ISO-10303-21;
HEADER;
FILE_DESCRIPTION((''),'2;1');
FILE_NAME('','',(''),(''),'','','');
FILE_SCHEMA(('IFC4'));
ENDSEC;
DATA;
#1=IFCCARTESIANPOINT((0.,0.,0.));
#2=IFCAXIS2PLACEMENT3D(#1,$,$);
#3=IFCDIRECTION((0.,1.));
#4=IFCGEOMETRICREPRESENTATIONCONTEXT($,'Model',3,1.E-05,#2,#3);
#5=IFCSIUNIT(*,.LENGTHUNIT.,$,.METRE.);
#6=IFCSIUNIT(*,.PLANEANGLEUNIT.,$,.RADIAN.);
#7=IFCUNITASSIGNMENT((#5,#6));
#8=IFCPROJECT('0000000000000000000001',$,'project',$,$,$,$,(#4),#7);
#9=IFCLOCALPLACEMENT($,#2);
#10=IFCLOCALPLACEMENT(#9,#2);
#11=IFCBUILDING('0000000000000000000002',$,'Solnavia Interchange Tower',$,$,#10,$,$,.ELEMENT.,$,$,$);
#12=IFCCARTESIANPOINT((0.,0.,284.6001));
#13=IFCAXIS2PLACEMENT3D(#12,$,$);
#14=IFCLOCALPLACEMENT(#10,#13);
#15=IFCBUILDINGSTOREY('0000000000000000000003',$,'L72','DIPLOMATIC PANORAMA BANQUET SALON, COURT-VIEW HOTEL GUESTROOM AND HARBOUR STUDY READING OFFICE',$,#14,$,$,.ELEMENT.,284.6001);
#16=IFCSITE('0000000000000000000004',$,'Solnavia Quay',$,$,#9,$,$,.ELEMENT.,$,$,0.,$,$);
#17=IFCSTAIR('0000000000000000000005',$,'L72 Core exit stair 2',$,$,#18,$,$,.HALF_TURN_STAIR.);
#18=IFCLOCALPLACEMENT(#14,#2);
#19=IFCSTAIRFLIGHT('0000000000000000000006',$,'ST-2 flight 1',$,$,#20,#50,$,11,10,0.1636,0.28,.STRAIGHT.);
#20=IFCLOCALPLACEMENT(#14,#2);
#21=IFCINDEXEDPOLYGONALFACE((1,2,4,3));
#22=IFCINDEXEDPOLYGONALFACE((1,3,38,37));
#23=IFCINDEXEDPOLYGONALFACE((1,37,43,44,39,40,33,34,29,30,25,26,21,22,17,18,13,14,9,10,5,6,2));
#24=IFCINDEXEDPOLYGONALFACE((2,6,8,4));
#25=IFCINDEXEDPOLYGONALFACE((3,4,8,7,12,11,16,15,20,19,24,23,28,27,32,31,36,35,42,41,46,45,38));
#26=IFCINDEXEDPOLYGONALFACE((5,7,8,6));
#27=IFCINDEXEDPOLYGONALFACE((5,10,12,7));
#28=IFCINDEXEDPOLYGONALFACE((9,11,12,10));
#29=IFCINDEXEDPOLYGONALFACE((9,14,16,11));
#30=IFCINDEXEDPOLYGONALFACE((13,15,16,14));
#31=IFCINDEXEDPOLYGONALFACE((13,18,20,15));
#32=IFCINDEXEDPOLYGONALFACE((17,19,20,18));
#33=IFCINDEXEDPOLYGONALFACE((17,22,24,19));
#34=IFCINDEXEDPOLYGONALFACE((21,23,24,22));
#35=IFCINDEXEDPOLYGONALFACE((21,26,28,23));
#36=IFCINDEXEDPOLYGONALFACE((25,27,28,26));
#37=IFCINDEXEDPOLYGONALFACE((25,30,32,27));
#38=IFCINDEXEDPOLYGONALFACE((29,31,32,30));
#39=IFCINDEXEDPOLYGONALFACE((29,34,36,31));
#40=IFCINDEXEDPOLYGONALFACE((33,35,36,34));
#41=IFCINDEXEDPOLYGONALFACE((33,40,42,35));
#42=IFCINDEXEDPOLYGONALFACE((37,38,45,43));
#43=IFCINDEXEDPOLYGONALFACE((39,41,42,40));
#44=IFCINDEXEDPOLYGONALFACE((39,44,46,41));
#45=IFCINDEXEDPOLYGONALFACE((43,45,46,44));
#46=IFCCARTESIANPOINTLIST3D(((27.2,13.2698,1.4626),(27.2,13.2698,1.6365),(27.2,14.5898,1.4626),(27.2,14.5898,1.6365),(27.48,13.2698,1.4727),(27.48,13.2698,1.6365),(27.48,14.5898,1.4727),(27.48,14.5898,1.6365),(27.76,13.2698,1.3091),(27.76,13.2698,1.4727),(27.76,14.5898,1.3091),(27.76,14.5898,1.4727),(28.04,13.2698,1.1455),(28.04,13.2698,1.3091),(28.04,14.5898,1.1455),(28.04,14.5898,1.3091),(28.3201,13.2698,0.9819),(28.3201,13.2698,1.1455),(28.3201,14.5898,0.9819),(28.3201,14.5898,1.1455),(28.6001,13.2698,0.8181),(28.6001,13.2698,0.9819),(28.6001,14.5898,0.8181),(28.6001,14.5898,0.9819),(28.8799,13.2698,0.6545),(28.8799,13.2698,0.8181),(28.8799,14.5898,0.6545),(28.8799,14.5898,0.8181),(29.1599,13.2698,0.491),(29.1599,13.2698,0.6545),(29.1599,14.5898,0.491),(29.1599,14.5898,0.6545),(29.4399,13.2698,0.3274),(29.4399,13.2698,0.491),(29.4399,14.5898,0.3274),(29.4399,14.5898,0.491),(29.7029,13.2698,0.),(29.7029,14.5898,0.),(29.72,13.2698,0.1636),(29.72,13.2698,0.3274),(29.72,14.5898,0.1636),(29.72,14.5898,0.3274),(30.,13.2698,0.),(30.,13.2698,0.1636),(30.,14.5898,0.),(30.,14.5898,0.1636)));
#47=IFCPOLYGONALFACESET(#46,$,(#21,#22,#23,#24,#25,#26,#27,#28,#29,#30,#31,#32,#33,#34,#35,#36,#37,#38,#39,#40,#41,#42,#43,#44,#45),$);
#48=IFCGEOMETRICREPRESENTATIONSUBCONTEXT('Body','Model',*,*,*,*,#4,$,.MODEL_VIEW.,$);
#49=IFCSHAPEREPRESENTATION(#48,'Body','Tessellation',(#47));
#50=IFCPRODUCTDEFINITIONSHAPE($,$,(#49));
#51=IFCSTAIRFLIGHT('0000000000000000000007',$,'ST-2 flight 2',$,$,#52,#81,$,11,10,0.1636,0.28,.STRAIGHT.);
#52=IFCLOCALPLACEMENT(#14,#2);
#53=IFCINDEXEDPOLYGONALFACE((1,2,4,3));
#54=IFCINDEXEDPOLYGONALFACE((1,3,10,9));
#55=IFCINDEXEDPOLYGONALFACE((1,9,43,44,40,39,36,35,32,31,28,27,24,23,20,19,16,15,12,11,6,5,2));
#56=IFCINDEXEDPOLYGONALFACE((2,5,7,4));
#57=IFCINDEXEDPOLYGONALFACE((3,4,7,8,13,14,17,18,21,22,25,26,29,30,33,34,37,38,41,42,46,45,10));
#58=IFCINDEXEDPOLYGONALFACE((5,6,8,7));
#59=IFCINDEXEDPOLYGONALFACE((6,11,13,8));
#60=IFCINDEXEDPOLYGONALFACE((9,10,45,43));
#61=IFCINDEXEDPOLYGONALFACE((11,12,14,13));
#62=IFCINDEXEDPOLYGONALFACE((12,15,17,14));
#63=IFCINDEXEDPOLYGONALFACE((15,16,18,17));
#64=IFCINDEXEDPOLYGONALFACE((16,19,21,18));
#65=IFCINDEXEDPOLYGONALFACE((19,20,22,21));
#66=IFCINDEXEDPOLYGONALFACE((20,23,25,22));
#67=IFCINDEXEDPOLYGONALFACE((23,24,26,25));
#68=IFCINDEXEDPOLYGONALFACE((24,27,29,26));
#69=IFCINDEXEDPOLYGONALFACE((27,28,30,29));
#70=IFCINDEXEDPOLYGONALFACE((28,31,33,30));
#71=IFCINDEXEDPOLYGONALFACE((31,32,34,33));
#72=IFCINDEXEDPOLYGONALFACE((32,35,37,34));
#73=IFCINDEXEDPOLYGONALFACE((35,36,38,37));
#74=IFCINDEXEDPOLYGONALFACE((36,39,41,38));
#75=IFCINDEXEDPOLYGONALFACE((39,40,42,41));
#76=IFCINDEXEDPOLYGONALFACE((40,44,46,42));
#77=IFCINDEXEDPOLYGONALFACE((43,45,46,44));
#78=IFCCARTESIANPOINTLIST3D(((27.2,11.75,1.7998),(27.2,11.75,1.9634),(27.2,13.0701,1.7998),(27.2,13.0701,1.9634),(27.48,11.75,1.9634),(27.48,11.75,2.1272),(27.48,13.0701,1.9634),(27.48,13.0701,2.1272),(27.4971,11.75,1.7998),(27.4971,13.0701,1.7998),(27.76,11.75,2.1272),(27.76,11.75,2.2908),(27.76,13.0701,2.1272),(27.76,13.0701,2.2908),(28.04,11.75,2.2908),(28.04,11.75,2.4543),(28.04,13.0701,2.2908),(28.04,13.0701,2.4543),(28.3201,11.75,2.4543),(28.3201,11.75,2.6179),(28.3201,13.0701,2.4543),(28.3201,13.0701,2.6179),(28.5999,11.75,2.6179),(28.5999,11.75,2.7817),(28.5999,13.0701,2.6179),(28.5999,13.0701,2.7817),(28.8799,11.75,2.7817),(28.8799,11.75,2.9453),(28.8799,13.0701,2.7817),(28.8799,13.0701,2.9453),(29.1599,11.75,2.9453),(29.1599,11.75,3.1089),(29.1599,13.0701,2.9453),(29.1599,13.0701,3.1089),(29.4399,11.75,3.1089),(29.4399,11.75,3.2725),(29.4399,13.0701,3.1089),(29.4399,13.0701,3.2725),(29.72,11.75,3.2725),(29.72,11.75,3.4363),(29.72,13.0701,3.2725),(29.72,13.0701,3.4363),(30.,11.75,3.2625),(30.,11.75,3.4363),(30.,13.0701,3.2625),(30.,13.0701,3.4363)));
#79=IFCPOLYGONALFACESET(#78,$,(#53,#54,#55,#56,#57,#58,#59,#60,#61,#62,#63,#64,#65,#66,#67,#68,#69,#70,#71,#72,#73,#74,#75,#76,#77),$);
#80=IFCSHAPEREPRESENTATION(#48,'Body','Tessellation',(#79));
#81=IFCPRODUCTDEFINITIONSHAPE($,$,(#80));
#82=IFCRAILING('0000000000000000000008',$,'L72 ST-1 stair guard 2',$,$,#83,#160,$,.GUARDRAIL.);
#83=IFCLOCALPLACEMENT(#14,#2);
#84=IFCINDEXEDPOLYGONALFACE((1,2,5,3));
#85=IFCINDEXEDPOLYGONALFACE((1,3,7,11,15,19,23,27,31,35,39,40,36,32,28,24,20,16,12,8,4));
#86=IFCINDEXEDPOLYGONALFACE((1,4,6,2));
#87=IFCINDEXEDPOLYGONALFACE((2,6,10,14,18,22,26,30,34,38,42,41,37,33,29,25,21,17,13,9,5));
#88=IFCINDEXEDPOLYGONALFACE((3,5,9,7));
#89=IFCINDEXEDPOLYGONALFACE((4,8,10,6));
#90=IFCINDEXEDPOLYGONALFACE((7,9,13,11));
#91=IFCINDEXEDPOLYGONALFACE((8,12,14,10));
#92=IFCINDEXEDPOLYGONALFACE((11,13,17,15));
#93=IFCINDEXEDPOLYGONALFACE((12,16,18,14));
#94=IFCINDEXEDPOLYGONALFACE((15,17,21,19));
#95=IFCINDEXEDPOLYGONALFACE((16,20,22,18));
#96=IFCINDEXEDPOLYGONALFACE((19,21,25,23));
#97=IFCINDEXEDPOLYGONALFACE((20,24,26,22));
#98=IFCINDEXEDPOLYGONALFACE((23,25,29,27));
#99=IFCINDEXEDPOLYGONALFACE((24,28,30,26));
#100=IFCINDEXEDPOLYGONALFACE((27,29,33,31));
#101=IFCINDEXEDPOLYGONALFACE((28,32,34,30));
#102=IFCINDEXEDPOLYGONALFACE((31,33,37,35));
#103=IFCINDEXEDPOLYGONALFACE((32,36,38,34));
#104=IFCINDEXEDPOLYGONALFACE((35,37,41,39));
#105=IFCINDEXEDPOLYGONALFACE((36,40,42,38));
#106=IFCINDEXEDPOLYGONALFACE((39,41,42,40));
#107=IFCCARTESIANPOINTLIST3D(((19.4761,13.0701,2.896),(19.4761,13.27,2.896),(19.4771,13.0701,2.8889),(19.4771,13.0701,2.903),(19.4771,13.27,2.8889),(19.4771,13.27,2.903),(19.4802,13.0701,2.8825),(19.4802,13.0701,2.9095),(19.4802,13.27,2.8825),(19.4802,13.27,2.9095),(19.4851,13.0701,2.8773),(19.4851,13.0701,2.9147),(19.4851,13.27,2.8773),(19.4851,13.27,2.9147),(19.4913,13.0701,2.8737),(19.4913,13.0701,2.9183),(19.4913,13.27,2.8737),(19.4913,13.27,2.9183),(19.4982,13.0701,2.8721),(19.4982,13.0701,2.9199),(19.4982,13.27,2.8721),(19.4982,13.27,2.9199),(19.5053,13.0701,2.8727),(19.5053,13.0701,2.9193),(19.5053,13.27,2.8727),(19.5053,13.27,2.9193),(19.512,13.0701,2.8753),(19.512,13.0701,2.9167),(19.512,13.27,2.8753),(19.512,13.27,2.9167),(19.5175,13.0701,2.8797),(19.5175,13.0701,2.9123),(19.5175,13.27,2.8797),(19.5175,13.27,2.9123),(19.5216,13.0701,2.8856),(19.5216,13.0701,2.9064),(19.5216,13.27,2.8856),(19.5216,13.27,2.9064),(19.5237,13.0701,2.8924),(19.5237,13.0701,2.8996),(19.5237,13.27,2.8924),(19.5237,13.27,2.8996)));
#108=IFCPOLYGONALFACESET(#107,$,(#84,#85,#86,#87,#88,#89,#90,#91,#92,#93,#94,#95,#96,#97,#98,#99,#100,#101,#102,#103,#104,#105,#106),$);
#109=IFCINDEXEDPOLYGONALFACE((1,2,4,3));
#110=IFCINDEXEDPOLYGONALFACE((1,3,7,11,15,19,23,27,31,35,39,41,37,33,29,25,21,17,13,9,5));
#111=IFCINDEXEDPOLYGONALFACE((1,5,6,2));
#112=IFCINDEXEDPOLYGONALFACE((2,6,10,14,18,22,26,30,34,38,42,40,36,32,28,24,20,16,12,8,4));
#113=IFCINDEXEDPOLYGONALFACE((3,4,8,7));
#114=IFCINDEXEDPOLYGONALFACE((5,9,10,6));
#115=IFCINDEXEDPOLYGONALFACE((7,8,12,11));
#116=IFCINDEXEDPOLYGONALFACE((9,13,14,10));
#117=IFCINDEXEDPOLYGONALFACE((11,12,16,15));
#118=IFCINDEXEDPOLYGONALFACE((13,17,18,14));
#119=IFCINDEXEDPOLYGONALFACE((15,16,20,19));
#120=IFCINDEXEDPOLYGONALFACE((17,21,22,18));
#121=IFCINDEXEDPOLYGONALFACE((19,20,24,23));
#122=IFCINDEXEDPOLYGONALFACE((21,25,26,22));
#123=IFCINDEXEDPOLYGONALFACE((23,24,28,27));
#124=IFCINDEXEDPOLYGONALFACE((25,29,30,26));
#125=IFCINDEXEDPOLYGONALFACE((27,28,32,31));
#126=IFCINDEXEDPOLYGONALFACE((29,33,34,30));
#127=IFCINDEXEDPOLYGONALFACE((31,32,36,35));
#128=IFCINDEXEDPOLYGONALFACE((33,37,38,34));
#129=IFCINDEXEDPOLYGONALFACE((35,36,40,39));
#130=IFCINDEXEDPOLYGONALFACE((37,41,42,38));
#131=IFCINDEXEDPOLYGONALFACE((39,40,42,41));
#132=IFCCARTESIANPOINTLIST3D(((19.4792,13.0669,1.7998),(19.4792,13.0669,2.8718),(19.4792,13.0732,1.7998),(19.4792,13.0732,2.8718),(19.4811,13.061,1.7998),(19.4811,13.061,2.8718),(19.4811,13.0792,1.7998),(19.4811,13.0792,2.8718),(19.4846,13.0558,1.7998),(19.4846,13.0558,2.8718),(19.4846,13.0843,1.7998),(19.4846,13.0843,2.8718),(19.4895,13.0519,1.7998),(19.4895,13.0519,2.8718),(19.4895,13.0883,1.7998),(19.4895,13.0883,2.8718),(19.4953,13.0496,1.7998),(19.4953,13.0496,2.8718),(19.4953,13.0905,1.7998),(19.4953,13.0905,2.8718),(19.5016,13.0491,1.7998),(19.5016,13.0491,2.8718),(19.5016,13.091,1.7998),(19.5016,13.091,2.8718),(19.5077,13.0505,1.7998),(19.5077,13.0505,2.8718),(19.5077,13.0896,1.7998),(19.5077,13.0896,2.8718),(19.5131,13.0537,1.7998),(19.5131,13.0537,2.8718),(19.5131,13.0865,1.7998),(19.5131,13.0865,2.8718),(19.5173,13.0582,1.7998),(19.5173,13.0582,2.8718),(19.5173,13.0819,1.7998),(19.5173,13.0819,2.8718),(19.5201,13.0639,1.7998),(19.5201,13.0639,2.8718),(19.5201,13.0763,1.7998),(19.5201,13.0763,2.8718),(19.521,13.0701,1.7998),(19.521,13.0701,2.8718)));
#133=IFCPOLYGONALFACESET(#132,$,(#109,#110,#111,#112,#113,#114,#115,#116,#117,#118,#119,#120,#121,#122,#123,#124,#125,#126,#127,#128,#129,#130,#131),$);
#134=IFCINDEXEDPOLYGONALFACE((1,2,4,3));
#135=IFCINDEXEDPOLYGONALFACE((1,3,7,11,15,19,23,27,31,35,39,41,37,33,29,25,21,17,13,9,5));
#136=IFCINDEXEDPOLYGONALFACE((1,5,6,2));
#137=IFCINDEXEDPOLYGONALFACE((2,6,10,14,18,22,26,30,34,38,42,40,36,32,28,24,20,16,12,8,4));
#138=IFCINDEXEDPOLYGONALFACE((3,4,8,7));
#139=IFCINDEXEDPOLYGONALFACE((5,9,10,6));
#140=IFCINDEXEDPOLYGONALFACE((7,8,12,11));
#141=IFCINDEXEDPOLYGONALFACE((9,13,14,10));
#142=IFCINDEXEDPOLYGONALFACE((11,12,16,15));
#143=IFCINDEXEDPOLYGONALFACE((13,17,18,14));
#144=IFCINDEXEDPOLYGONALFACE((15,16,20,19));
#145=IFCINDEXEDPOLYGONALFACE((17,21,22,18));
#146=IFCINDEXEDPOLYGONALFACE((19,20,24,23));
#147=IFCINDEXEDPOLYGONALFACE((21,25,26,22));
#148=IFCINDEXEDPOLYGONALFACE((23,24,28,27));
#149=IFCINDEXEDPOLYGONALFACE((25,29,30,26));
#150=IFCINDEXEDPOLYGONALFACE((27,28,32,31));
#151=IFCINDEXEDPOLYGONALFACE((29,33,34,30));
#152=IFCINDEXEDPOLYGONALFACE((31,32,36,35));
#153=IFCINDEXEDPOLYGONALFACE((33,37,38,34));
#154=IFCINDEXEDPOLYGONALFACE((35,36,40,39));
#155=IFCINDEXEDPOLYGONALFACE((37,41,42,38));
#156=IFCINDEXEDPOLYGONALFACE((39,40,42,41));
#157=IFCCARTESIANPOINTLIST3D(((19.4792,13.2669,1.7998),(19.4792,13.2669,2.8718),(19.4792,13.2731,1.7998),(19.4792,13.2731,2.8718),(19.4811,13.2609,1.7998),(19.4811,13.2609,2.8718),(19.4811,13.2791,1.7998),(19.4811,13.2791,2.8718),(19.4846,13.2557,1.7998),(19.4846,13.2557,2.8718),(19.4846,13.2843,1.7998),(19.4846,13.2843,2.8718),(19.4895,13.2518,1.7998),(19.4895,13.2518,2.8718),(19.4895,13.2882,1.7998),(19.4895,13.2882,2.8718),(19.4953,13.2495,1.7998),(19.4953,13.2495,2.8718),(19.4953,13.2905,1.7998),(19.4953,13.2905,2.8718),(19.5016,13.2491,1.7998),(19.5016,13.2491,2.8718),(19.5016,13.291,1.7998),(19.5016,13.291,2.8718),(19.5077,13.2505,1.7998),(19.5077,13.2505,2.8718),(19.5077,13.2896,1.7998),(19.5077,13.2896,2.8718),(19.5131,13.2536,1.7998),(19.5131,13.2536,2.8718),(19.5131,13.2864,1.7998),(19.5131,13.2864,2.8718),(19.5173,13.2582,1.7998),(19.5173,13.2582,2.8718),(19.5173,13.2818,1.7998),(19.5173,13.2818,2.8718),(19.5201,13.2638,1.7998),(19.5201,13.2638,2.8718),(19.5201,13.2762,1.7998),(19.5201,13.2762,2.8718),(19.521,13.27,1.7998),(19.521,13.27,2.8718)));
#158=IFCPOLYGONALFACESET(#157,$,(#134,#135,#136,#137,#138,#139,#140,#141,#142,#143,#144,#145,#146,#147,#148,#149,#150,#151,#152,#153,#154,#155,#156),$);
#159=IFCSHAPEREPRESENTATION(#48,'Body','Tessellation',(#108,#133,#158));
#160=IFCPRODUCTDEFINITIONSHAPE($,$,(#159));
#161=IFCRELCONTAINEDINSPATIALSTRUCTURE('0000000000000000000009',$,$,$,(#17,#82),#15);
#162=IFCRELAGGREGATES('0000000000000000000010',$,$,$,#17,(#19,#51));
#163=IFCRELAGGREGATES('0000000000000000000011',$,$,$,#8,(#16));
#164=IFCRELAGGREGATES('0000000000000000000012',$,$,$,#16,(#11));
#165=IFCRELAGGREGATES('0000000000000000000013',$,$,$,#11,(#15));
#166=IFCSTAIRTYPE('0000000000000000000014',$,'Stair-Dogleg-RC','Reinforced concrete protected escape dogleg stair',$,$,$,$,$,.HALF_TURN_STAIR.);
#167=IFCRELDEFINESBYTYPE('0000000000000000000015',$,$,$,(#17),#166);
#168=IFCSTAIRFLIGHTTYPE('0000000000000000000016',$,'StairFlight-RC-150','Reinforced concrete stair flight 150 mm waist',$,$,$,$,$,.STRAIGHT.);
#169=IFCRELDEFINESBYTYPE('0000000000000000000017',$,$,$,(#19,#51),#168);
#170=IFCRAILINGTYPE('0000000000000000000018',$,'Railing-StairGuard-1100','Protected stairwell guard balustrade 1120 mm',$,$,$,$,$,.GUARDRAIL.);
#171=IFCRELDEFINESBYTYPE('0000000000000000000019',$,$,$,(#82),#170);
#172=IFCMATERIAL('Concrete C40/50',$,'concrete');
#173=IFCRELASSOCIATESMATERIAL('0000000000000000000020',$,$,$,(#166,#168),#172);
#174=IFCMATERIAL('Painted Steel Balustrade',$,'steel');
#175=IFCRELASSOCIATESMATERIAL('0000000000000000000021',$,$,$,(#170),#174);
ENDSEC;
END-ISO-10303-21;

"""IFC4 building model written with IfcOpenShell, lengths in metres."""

from ifc_helpers import new_model, si_unit, direction, frame, origin, origin_2d, place, context, subcontext, project, spatial, polyline, circle, outline, extrude, material, type_object, element, aggregate, save


model = new_model("IFC4")

# Units and contexts
model_context = context("Model", 3, precision=1e-05, world=origin(), true_north=direction((0.0, 1.0)))
body_context = subcontext(model_context, "Body", "Model", "MODEL_VIEW")
ifc_project = project(units=[si_unit("LENGTHUNIT", "METRE"), si_unit("PLANEANGLEUNIT", "RADIAN")], contexts=[model_context])

# Site, building, storey
site_placement = place(None, origin())
site = spatial("IfcSite", under=ifc_project, at=site_placement, Name="Solnavia Quay", CompositionType="ELEMENT", RefElevation=0.0)
building_placement = place(site_placement, origin())
building = spatial("IfcBuilding", under=site, at=building_placement, Name="Solnavia Interchange Tower", CompositionType="ELEMENT")
storey_placement = place(building_placement, frame((0.0, 0.0, 284.6001)))
storey = spatial("IfcBuildingStorey", under=building, at=storey_placement, Name="L72", Description="DIPLOMATIC PANORAMA BANQUET SALON, COURT-VIEW HOTEL GUESTROOM AND HARBOUR STUDY READING OFFICE", CompositionType="ELEMENT", Elevation=284.6001)

# Shared definitions
ifc_material_1 = material(Name="Concrete C40/50", Category="concrete")

# Shared definitions
stair_type = type_object("IfcStairType", Name="Stair-Dogleg-RC", Description="Reinforced concrete protected escape dogleg stair", PredefinedType="HALF_TURN_STAIR", material=ifc_material_1)
stair_flight_type = type_object("IfcStairFlightType", Name="StairFlight-RC-150", Description="Reinforced concrete stair flight 150 mm waist", PredefinedType="STRAIGHT", material=ifc_material_1)

# Stair, stair flights
stair_1_placement = place(storey_placement, origin())
stair_1 = element("IfcStair", 1, at=stair_1_placement, inside=storey, type_object=stair_type, Name="L72 Core exit stair 2", PredefinedType="HALF_TURN_STAIR")
stair_flight_1_placement = place(storey_placement, frame((30.0, 13.9299, 0.0), z_axis=(0.0, 0.0, 1.0), x_axis=(-1.0, 0.0, 0.0)))
stair_flight_1 = element("IfcStairFlight", 2, at=stair_flight_1_placement, type_object=stair_flight_type, Name="ST-2 flight 1", NumberOfRisers=11, NumberOfTreads=10, PredefinedType="STRAIGHT", RiserHeight=0.1636, TreadLength=0.28, context=body_context, shape_type="SweptSolid", body=[
    extrude(outline(polyline([(0.0, 0.0), (0.0, 0.1636), (0.28, 0.1636), (0.28, 0.3274), (0.5601, 0.3274), (0.5601, 0.491), (0.8401, 0.491), (0.8401, 0.6545), (1.1201, 0.6545), (1.1201, 0.8181), (1.3999, 0.8181), (1.3999, 0.9819), (1.6799, 0.9819), (1.6799, 1.1455), (1.96, 1.1455), (1.96, 1.3091), (2.24, 1.3091), (2.24, 1.4727), (2.52, 1.4727), (2.52, 1.6365), (2.8, 1.6365), (2.8, 1.8), (2.8, 1.4626), (0.2971, 0.0), (0.0, 0.0)])), frame((0.0, 0.6602, 0.0), z_axis=(0.0, -1.0, 0.0), x_axis=(1.0, 0.0, 0.0)), (0.0, 0.0, 1.0), 1.3201),
])
stair_flight_2_placement = place(storey_placement, frame((27.2, 12.4099, 1.7998), z_axis=(0.0, 0.0, 1.0), x_axis=(1.0, 0.0, 0.0)))
stair_flight_2 = element("IfcStairFlight", 3, at=stair_flight_2_placement, type_object=stair_flight_type, Name="ST-2 flight 2", NumberOfRisers=11, NumberOfTreads=10, PredefinedType="STRAIGHT", RiserHeight=0.1636, TreadLength=0.28, context=body_context, shape_type="SweptSolid", body=[
    extrude(outline(polyline([(0.0, 0.0), (0.0, 0.1636), (0.28, 0.1636), (0.28, 0.3274), (0.5601, 0.3274), (0.5601, 0.491), (0.8401, 0.491), (0.8401, 0.6545), (1.1201, 0.6545), (1.1201, 0.8181), (1.3999, 0.8181), (1.3999, 0.9819), (1.6799, 0.9819), (1.6799, 1.1455), (1.96, 1.1455), (1.96, 1.3091), (2.24, 1.3091), (2.24, 1.4727), (2.52, 1.4727), (2.52, 1.6365), (2.8, 1.6365), (2.8, 1.8), (2.8, 1.4626), (0.2971, 0.0), (0.0, 0.0)])), frame((0.0, 0.6602, 0.0), z_axis=(0.0, -1.0, 0.0), x_axis=(1.0, 0.0, 0.0)), (0.0, 0.0, 1.0), 1.3201),
])
aggregate(stair_1, [stair_flight_1, stair_flight_2])

# Railing
ifc_material_2 = material(Name="Painted Steel Balustrade", Category="steel")
railing_type_1 = type_object("IfcRailingType", Name="Railing-StairGuard-1100", Description="Protected stairwell guard balustrade 1120 mm", PredefinedType="GUARDRAIL", material=ifc_material_2)
railing_1_placement = place(storey_placement, frame((19.5, 13.0701, 1.7998)))
element("IfcRailing", 4, at=railing_1_placement, inside=storey, type_object=railing_type_1, Name="L72 ST-1 stair guard 2", PredefinedType="GUARDRAIL", context=body_context, shape_type="SweptSolid", body=[
    extrude(circle(Radius=0.0239, at=origin_2d()), frame((0.0, 0.0, 1.0962), z_axis=(0.0, 1.0, 0.0), x_axis=(-1.0, 0.0, 0.0)), (0.0, 0.0, 1.0), 0.2),
    extrude(circle(Radius=0.021, at=origin_2d()), origin(), (0.0, 0.0, 1.0), 1.072),
    extrude(circle(Radius=0.021, at=origin_2d()), frame((0.0, 0.2, 0.0)), (0.0, 0.0, 1.0), 1.072),
])

save(model, "model.ifc")
